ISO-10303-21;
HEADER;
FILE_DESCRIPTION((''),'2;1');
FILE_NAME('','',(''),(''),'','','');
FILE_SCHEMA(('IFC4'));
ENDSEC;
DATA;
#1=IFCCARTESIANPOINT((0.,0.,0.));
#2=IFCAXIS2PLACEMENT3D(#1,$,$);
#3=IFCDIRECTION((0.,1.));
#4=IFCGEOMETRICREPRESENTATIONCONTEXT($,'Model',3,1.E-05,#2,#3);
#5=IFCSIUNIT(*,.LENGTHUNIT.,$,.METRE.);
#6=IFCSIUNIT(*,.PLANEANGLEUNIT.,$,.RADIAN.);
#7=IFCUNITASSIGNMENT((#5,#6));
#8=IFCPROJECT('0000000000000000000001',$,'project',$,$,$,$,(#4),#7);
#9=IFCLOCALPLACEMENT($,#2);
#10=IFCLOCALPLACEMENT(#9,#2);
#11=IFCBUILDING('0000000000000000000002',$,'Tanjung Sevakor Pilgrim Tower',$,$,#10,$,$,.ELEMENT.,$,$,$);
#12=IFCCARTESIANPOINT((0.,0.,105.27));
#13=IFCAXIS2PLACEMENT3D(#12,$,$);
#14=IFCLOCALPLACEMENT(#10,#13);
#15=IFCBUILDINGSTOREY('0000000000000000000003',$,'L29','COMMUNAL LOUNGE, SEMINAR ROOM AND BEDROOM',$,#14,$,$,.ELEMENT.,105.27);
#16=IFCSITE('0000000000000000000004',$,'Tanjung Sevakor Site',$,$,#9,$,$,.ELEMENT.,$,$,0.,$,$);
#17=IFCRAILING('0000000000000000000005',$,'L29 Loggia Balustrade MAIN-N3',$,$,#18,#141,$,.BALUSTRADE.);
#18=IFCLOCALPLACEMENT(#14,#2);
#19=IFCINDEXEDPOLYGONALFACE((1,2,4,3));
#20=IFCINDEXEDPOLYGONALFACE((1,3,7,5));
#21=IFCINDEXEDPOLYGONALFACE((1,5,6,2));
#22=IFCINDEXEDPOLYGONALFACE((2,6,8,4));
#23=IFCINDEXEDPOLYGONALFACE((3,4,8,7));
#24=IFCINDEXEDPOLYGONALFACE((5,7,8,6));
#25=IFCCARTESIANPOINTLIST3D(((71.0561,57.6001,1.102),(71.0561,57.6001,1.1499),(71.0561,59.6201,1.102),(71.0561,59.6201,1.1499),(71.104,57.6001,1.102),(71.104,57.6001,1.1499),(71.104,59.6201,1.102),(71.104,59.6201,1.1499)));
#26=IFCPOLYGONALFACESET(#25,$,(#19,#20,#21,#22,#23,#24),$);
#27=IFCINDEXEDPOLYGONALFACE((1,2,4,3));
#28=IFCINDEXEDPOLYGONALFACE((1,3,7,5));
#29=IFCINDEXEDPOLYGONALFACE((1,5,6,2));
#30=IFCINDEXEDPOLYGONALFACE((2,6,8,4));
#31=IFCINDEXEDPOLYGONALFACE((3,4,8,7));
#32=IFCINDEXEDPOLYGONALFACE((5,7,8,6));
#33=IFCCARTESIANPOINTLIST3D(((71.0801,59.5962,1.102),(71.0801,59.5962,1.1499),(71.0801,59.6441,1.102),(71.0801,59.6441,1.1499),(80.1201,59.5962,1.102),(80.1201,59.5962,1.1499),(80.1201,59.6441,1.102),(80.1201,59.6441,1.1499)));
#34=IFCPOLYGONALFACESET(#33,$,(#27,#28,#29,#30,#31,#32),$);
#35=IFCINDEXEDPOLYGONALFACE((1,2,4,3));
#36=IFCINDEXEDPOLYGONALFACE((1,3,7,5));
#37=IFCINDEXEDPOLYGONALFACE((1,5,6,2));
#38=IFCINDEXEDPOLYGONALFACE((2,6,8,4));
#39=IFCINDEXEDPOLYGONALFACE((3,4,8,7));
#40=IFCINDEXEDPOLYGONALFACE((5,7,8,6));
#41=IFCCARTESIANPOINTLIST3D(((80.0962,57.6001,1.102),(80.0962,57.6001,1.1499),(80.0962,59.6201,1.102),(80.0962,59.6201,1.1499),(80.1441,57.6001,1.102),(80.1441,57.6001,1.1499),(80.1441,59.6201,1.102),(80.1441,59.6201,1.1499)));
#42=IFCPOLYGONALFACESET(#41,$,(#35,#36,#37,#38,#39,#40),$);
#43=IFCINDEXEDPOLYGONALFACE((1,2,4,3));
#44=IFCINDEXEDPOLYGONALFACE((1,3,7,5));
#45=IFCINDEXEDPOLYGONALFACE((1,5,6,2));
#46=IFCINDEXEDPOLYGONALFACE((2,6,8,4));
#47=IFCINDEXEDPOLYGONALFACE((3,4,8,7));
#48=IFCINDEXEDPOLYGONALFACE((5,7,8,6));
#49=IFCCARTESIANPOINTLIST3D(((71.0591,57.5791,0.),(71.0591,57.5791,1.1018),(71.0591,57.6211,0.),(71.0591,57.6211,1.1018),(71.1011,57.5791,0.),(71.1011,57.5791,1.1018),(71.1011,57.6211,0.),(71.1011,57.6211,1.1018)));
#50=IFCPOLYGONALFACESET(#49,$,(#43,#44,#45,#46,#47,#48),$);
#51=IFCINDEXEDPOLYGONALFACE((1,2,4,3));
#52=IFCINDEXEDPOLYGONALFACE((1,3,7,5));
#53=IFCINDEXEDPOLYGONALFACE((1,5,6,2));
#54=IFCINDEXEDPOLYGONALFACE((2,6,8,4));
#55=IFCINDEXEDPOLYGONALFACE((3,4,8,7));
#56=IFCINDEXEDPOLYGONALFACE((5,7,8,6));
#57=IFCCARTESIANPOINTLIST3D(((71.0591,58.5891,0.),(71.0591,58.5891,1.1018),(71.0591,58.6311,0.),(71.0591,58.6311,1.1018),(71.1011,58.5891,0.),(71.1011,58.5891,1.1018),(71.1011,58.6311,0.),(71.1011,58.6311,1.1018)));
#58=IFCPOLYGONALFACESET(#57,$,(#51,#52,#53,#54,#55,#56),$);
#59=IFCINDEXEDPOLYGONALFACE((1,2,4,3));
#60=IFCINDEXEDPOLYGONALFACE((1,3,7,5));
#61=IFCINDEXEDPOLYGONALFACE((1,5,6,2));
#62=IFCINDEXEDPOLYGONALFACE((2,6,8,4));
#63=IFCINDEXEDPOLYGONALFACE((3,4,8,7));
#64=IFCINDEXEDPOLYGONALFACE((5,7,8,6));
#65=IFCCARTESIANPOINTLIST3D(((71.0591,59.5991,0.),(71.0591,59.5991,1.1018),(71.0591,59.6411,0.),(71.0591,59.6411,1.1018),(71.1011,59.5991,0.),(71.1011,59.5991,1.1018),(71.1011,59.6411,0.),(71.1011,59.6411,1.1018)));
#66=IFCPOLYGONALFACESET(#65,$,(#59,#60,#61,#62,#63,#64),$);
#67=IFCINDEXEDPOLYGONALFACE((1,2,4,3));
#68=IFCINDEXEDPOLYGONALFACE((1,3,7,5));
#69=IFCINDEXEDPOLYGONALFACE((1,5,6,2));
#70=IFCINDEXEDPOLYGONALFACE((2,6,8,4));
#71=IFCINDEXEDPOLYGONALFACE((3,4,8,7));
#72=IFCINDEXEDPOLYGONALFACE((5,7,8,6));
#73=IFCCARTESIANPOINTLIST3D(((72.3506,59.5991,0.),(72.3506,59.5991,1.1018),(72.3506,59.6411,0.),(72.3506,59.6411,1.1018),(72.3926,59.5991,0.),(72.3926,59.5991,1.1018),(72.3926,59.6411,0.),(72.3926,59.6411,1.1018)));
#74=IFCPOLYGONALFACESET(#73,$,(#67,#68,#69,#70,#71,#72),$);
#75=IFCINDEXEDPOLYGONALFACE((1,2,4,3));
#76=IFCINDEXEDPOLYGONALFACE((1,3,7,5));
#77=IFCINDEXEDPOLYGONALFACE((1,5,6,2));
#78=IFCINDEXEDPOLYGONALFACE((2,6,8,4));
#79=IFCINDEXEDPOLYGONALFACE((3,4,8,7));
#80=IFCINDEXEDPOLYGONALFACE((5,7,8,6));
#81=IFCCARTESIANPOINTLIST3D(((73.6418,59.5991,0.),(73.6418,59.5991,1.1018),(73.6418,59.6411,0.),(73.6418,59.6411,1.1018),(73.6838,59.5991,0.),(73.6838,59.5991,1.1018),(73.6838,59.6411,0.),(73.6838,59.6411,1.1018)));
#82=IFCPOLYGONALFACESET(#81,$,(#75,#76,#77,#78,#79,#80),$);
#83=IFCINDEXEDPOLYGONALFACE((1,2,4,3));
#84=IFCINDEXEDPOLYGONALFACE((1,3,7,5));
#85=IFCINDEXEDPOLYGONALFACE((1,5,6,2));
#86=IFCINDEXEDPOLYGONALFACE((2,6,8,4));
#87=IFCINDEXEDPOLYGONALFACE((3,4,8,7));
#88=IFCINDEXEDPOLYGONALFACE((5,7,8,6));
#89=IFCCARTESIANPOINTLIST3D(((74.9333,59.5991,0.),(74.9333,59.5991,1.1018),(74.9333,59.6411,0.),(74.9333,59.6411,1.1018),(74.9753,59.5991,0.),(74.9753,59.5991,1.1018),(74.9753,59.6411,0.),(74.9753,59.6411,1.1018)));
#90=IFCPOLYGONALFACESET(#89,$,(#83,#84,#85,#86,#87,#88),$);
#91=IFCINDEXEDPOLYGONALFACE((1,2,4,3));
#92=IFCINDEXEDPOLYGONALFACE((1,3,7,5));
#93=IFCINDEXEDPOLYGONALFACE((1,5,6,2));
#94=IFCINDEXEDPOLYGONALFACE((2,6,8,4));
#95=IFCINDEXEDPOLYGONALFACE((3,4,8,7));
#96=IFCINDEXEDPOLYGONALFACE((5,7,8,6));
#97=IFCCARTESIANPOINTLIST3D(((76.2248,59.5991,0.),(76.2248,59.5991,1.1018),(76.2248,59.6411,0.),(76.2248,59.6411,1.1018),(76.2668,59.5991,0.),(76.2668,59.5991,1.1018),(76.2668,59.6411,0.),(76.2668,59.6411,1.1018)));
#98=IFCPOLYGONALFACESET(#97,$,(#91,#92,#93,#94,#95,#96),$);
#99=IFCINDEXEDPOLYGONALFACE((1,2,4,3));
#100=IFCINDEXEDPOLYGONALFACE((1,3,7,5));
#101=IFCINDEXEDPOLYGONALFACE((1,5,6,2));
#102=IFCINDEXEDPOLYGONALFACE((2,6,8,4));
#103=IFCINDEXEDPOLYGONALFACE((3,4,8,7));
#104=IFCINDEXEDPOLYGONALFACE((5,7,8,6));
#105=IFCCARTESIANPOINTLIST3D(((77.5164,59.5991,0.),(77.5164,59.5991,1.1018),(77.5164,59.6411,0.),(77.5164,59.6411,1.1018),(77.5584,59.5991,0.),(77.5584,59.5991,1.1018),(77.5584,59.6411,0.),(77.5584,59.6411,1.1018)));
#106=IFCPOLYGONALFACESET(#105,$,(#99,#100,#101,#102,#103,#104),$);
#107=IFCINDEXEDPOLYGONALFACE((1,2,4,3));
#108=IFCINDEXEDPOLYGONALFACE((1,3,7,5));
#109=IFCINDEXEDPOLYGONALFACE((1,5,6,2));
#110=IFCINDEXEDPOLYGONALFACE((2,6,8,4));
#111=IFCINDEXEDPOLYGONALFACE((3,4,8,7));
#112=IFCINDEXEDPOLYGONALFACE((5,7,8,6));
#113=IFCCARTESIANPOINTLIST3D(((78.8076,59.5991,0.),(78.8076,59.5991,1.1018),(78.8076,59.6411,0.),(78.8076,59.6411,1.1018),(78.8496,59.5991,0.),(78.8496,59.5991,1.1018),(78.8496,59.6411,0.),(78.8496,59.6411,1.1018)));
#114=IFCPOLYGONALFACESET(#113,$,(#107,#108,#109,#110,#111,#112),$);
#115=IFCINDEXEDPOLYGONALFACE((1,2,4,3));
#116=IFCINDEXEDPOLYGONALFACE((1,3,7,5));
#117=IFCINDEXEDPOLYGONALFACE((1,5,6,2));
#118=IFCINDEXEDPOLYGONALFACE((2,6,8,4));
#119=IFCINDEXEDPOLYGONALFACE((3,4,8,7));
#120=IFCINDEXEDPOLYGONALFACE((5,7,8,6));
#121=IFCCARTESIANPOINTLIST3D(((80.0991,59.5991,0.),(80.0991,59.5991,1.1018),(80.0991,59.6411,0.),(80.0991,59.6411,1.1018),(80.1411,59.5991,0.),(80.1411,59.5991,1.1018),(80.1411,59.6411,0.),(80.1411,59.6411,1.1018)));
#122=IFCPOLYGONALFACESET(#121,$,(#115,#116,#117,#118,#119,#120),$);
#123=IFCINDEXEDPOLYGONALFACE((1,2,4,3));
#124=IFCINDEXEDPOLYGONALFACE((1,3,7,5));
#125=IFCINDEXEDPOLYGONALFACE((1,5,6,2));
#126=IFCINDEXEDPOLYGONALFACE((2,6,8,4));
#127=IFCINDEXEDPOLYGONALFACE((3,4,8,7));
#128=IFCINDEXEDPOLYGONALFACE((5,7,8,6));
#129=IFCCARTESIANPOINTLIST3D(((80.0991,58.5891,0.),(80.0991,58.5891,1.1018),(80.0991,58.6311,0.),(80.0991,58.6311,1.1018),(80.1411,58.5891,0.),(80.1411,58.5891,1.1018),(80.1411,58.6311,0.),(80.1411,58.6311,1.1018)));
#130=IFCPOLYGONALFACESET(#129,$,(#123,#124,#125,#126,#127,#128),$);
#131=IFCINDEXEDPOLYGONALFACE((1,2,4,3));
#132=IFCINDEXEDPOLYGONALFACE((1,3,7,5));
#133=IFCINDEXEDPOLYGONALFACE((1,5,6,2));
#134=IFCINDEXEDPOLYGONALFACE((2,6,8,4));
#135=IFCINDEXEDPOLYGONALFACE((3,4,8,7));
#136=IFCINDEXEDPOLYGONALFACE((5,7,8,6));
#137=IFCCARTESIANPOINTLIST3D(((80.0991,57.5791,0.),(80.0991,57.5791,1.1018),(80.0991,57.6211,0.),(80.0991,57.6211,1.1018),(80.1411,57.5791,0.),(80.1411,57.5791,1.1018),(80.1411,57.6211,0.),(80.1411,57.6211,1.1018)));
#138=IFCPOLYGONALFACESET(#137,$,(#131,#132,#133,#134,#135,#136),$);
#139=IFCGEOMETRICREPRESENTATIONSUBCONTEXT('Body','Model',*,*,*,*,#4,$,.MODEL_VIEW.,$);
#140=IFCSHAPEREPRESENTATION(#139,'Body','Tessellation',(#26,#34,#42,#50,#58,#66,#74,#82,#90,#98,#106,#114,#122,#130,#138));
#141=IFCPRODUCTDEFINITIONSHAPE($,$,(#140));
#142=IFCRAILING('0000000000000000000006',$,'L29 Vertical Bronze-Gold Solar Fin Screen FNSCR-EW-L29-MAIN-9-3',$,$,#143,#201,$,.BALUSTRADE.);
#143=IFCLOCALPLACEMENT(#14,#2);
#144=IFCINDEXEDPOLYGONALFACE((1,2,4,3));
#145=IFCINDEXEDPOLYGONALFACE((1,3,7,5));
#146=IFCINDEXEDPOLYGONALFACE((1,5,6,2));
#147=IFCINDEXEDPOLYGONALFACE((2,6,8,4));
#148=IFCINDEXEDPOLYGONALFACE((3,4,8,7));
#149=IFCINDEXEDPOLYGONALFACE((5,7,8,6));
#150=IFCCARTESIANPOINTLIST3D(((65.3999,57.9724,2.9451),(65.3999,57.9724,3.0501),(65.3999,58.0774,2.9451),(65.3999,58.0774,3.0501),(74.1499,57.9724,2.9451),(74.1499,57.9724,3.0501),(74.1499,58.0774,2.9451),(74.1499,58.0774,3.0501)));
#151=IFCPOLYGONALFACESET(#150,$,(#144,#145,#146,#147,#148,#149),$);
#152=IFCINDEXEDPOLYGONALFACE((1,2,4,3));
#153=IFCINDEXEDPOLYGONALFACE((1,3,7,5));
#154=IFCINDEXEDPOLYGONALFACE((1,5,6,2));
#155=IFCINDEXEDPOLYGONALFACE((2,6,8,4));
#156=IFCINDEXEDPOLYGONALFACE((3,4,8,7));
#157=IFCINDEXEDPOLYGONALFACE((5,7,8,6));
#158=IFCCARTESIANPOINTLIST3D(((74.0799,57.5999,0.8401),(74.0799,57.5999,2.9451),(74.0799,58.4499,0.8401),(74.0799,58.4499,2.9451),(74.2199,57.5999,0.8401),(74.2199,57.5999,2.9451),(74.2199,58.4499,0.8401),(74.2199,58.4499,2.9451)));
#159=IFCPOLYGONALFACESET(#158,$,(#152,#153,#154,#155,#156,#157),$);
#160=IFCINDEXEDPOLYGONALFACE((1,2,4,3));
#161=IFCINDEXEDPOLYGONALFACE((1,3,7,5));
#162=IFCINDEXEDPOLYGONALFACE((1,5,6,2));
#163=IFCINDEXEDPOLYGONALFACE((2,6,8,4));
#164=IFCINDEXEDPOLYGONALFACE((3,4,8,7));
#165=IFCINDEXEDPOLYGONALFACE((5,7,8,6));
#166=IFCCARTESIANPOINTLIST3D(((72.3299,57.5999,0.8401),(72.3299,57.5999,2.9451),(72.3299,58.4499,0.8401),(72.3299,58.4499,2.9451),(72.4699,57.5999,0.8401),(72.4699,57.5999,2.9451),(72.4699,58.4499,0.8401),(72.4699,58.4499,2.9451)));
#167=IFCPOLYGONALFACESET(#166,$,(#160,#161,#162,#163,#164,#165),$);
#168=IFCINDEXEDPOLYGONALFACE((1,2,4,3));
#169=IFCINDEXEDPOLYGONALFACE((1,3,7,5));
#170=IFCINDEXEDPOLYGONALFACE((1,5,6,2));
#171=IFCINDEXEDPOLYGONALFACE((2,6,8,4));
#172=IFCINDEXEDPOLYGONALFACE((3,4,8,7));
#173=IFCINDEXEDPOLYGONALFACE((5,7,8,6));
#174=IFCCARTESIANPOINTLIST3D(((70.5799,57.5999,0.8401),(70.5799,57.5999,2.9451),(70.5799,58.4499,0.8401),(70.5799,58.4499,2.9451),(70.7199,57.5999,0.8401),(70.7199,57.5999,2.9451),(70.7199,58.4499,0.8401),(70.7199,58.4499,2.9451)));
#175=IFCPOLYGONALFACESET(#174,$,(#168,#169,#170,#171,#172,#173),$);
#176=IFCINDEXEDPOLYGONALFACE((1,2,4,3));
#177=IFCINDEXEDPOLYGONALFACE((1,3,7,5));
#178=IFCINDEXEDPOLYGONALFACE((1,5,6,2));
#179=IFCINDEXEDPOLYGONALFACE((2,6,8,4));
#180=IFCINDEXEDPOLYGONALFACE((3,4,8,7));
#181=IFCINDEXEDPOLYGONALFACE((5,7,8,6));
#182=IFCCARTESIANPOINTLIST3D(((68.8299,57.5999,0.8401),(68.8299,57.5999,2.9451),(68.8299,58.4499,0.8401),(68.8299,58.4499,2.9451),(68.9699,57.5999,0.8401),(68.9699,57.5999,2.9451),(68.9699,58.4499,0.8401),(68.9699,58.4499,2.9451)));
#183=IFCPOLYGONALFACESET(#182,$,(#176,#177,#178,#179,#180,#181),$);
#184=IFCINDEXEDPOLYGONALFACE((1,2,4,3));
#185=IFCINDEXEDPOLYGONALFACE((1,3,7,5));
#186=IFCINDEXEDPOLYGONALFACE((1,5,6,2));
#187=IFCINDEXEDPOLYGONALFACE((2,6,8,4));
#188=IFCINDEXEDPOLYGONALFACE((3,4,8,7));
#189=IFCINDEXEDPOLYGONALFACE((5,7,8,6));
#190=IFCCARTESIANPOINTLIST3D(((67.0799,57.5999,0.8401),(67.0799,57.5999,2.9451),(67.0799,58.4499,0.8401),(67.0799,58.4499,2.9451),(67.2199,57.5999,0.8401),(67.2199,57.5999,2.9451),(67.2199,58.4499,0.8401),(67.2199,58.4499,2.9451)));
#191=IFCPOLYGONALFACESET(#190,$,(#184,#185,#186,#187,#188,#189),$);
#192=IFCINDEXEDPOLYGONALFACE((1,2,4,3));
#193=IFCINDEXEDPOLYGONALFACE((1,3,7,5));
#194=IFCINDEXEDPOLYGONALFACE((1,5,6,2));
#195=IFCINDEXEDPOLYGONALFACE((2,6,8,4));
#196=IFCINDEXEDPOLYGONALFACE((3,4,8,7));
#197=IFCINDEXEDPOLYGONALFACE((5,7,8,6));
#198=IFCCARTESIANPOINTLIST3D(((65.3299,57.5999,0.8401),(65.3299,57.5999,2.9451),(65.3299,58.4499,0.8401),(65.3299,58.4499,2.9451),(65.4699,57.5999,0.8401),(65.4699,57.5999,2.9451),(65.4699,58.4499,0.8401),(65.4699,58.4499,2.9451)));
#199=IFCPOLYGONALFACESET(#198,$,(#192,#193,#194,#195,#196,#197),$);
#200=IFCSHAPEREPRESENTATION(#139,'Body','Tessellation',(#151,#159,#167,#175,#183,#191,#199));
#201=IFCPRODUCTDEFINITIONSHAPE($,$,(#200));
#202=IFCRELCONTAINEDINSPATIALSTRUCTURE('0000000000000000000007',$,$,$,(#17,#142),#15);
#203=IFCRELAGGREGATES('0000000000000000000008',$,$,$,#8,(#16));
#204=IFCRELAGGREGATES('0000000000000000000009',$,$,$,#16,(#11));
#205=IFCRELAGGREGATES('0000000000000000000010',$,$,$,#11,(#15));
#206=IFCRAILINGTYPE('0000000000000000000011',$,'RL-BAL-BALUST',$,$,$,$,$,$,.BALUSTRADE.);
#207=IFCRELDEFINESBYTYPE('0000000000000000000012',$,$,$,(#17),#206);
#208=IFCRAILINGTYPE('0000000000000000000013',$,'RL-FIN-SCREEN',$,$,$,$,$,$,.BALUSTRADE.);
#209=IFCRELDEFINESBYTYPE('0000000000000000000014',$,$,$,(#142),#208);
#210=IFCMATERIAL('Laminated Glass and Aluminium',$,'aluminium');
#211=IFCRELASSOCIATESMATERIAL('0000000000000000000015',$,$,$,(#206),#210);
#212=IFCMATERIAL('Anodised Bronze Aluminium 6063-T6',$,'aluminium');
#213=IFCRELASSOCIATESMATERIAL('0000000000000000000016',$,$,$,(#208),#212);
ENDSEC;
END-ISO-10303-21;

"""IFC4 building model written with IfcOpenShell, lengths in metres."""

from ifc_helpers import new_model, si_unit, direction, frame, origin, place, context, subcontext, project, spatial, rectangle, extrude, material, type_object, element, save


model = new_model("IFC4")

# Units and contexts
model_context = context("Model", 3, precision=1e-05, world=origin(), true_north=direction((0.0, 1.0)))
body_context = subcontext(model_context, "Body", "Model", "MODEL_VIEW")
ifc_project = project(units=[si_unit("LENGTHUNIT", "METRE"), si_unit("PLANEANGLEUNIT", "RADIAN")], contexts=[model_context])

# Site, building, storey
site_placement = place(None, origin())
site = spatial("IfcSite", under=ifc_project, at=site_placement, Name="Tanjung Sevakor Site", CompositionType="ELEMENT", RefElevation=0.0)
building_placement = place(site_placement, origin())
building = spatial("IfcBuilding", under=site, at=building_placement, Name="Tanjung Sevakor Pilgrim Tower", CompositionType="ELEMENT")
storey_placement = place(building_placement, frame((0.0, 0.0, 105.27)))
storey = spatial("IfcBuildingStorey", under=building, at=storey_placement, Name="L29", Description="COMMUNAL LOUNGE, SEMINAR ROOM AND BEDROOM", CompositionType="ELEMENT", Elevation=105.27)

# Railings
ifc_material_1 = material(Name="Laminated Glass and Aluminium", Category="aluminium")
railing_type_1 = type_object("IfcRailingType", Name="RL-BAL-BALUST", PredefinedType="BALUSTRADE", material=ifc_material_1)
railing_1_placement = place(storey_placement, frame((71.0801, 57.6001, 0.0)))
element("IfcRailing", 1, at=railing_1_placement, inside=storey, type_object=railing_type_1, Name="L29 Loggia Balustrade MAIN-N3", PredefinedType="BALUSTRADE", context=body_context, shape_type="SweptSolid", body=[
    extrude(rectangle(XDim=0.0479, YDim=0.0479), frame((0.0, 0.0, 1.126), z_axis=(0.0, 1.0, 0.0), x_axis=(-1.0, 0.0, 0.0)), (0.0, 0.0, 1.0), 2.02),
    extrude(rectangle(XDim=0.0479, YDim=0.0479), frame((0.0, 2.02, 1.126), z_axis=(1.0, 0.0, 0.0), x_axis=(0.0, 1.0, 0.0)), (0.0, 0.0, 1.0), 9.04),
    extrude(rectangle(XDim=0.0479, YDim=0.0479), frame((9.04, 2.02, 1.126), z_axis=(0.0, -1.0, 0.0), x_axis=(1.0, 0.0, 0.0)), (0.0, 0.0, 1.0), 2.02),
    extrude(rectangle(XDim=0.042, YDim=0.042), origin(), (0.0, 0.0, 1.0), 1.1018),
    extrude(rectangle(XDim=0.042, YDim=0.042), frame((0.0, 1.01, 0.0)), (0.0, 0.0, 1.0), 1.1018),
    extrude(rectangle(XDim=0.042, YDim=0.042), frame((0.0, 2.02, 0.0)), (0.0, 0.0, 1.0), 1.1018),
    extrude(rectangle(XDim=0.042, YDim=0.042), frame((1.2915, 2.02, 0.0)), (0.0, 0.0, 1.0), 1.1018),
    extrude(rectangle(XDim=0.042, YDim=0.042), frame((2.5828, 2.02, 0.0)), (0.0, 0.0, 1.0), 1.1018),
    extrude(rectangle(XDim=0.042, YDim=0.042), frame((3.8743, 2.02, 0.0)), (0.0, 0.0, 1.0), 1.1018),
    extrude(rectangle(XDim=0.042, YDim=0.042), frame((5.1658, 2.02, 0.0)), (0.0, 0.0, 1.0), 1.1018),
    extrude(rectangle(XDim=0.042, YDim=0.042), frame((6.4573, 2.02, 0.0)), (0.0, 0.0, 1.0), 1.1018),
    extrude(rectangle(XDim=0.042, YDim=0.042), frame((7.7485, 2.02, 0.0)), (0.0, 0.0, 1.0), 1.1018),
    extrude(rectangle(XDim=0.042, YDim=0.042), frame((9.04, 2.02, 0.0)), (0.0, 0.0, 1.0), 1.1018),
    extrude(rectangle(XDim=0.042, YDim=0.042), frame((9.04, 1.01, 0.0)), (0.0, 0.0, 1.0), 1.1018),
    extrude(rectangle(XDim=0.042, YDim=0.042), frame((9.04, 0.0, 0.0)), (0.0, 0.0, 1.0), 1.1018),
])
ifc_material_2 = material(Name="Anodised Bronze Aluminium 6063-T6", Category="aluminium")
railing_type_2 = type_object("IfcRailingType", Name="RL-FIN-SCREEN", PredefinedType="BALUSTRADE", material=ifc_material_2)
railing_2_placement = place(storey_placement, frame((74.1499, 58.0249, 0.8401)))
element("IfcRailing", 2, at=railing_2_placement, inside=storey, type_object=railing_type_2, Name="L29 Vertical Bronze-Gold Solar Fin Screen FNSCR-EW-L29-MAIN-9-3", PredefinedType="BALUSTRADE", context=body_context, shape_type="SweptSolid", body=[
    extrude(rectangle(XDim=0.105, YDim=0.105), frame((0.0, 0.0, 2.1575), z_axis=(-1.0, 0.0, 0.0), x_axis=(0.0, -1.0, 0.0)), (0.0, 0.0, 1.0), 8.75),
    extrude(rectangle(XDim=0.14, YDim=0.85), origin(), (0.0, 0.0, 1.0), 2.105),
    extrude(rectangle(XDim=0.14, YDim=0.85), frame((-1.75, 0.0, 0.0)), (0.0, 0.0, 1.0), 2.105),
    extrude(rectangle(XDim=0.14, YDim=0.85), frame((-3.5, 0.0, 0.0)), (0.0, 0.0, 1.0), 2.105),
    extrude(rectangle(XDim=0.14, YDim=0.85), frame((-5.25, 0.0, 0.0)), (0.0, 0.0, 1.0), 2.105),
    extrude(rectangle(XDim=0.14, YDim=0.85), frame((-7.0, 0.0, 0.0)), (0.0, 0.0, 1.0), 2.105),
    extrude(rectangle(XDim=0.14, YDim=0.85), frame((-8.75, 0.0, 0.0)), (0.0, 0.0, 1.0), 2.105),
])

save(model, "model.ifc")
